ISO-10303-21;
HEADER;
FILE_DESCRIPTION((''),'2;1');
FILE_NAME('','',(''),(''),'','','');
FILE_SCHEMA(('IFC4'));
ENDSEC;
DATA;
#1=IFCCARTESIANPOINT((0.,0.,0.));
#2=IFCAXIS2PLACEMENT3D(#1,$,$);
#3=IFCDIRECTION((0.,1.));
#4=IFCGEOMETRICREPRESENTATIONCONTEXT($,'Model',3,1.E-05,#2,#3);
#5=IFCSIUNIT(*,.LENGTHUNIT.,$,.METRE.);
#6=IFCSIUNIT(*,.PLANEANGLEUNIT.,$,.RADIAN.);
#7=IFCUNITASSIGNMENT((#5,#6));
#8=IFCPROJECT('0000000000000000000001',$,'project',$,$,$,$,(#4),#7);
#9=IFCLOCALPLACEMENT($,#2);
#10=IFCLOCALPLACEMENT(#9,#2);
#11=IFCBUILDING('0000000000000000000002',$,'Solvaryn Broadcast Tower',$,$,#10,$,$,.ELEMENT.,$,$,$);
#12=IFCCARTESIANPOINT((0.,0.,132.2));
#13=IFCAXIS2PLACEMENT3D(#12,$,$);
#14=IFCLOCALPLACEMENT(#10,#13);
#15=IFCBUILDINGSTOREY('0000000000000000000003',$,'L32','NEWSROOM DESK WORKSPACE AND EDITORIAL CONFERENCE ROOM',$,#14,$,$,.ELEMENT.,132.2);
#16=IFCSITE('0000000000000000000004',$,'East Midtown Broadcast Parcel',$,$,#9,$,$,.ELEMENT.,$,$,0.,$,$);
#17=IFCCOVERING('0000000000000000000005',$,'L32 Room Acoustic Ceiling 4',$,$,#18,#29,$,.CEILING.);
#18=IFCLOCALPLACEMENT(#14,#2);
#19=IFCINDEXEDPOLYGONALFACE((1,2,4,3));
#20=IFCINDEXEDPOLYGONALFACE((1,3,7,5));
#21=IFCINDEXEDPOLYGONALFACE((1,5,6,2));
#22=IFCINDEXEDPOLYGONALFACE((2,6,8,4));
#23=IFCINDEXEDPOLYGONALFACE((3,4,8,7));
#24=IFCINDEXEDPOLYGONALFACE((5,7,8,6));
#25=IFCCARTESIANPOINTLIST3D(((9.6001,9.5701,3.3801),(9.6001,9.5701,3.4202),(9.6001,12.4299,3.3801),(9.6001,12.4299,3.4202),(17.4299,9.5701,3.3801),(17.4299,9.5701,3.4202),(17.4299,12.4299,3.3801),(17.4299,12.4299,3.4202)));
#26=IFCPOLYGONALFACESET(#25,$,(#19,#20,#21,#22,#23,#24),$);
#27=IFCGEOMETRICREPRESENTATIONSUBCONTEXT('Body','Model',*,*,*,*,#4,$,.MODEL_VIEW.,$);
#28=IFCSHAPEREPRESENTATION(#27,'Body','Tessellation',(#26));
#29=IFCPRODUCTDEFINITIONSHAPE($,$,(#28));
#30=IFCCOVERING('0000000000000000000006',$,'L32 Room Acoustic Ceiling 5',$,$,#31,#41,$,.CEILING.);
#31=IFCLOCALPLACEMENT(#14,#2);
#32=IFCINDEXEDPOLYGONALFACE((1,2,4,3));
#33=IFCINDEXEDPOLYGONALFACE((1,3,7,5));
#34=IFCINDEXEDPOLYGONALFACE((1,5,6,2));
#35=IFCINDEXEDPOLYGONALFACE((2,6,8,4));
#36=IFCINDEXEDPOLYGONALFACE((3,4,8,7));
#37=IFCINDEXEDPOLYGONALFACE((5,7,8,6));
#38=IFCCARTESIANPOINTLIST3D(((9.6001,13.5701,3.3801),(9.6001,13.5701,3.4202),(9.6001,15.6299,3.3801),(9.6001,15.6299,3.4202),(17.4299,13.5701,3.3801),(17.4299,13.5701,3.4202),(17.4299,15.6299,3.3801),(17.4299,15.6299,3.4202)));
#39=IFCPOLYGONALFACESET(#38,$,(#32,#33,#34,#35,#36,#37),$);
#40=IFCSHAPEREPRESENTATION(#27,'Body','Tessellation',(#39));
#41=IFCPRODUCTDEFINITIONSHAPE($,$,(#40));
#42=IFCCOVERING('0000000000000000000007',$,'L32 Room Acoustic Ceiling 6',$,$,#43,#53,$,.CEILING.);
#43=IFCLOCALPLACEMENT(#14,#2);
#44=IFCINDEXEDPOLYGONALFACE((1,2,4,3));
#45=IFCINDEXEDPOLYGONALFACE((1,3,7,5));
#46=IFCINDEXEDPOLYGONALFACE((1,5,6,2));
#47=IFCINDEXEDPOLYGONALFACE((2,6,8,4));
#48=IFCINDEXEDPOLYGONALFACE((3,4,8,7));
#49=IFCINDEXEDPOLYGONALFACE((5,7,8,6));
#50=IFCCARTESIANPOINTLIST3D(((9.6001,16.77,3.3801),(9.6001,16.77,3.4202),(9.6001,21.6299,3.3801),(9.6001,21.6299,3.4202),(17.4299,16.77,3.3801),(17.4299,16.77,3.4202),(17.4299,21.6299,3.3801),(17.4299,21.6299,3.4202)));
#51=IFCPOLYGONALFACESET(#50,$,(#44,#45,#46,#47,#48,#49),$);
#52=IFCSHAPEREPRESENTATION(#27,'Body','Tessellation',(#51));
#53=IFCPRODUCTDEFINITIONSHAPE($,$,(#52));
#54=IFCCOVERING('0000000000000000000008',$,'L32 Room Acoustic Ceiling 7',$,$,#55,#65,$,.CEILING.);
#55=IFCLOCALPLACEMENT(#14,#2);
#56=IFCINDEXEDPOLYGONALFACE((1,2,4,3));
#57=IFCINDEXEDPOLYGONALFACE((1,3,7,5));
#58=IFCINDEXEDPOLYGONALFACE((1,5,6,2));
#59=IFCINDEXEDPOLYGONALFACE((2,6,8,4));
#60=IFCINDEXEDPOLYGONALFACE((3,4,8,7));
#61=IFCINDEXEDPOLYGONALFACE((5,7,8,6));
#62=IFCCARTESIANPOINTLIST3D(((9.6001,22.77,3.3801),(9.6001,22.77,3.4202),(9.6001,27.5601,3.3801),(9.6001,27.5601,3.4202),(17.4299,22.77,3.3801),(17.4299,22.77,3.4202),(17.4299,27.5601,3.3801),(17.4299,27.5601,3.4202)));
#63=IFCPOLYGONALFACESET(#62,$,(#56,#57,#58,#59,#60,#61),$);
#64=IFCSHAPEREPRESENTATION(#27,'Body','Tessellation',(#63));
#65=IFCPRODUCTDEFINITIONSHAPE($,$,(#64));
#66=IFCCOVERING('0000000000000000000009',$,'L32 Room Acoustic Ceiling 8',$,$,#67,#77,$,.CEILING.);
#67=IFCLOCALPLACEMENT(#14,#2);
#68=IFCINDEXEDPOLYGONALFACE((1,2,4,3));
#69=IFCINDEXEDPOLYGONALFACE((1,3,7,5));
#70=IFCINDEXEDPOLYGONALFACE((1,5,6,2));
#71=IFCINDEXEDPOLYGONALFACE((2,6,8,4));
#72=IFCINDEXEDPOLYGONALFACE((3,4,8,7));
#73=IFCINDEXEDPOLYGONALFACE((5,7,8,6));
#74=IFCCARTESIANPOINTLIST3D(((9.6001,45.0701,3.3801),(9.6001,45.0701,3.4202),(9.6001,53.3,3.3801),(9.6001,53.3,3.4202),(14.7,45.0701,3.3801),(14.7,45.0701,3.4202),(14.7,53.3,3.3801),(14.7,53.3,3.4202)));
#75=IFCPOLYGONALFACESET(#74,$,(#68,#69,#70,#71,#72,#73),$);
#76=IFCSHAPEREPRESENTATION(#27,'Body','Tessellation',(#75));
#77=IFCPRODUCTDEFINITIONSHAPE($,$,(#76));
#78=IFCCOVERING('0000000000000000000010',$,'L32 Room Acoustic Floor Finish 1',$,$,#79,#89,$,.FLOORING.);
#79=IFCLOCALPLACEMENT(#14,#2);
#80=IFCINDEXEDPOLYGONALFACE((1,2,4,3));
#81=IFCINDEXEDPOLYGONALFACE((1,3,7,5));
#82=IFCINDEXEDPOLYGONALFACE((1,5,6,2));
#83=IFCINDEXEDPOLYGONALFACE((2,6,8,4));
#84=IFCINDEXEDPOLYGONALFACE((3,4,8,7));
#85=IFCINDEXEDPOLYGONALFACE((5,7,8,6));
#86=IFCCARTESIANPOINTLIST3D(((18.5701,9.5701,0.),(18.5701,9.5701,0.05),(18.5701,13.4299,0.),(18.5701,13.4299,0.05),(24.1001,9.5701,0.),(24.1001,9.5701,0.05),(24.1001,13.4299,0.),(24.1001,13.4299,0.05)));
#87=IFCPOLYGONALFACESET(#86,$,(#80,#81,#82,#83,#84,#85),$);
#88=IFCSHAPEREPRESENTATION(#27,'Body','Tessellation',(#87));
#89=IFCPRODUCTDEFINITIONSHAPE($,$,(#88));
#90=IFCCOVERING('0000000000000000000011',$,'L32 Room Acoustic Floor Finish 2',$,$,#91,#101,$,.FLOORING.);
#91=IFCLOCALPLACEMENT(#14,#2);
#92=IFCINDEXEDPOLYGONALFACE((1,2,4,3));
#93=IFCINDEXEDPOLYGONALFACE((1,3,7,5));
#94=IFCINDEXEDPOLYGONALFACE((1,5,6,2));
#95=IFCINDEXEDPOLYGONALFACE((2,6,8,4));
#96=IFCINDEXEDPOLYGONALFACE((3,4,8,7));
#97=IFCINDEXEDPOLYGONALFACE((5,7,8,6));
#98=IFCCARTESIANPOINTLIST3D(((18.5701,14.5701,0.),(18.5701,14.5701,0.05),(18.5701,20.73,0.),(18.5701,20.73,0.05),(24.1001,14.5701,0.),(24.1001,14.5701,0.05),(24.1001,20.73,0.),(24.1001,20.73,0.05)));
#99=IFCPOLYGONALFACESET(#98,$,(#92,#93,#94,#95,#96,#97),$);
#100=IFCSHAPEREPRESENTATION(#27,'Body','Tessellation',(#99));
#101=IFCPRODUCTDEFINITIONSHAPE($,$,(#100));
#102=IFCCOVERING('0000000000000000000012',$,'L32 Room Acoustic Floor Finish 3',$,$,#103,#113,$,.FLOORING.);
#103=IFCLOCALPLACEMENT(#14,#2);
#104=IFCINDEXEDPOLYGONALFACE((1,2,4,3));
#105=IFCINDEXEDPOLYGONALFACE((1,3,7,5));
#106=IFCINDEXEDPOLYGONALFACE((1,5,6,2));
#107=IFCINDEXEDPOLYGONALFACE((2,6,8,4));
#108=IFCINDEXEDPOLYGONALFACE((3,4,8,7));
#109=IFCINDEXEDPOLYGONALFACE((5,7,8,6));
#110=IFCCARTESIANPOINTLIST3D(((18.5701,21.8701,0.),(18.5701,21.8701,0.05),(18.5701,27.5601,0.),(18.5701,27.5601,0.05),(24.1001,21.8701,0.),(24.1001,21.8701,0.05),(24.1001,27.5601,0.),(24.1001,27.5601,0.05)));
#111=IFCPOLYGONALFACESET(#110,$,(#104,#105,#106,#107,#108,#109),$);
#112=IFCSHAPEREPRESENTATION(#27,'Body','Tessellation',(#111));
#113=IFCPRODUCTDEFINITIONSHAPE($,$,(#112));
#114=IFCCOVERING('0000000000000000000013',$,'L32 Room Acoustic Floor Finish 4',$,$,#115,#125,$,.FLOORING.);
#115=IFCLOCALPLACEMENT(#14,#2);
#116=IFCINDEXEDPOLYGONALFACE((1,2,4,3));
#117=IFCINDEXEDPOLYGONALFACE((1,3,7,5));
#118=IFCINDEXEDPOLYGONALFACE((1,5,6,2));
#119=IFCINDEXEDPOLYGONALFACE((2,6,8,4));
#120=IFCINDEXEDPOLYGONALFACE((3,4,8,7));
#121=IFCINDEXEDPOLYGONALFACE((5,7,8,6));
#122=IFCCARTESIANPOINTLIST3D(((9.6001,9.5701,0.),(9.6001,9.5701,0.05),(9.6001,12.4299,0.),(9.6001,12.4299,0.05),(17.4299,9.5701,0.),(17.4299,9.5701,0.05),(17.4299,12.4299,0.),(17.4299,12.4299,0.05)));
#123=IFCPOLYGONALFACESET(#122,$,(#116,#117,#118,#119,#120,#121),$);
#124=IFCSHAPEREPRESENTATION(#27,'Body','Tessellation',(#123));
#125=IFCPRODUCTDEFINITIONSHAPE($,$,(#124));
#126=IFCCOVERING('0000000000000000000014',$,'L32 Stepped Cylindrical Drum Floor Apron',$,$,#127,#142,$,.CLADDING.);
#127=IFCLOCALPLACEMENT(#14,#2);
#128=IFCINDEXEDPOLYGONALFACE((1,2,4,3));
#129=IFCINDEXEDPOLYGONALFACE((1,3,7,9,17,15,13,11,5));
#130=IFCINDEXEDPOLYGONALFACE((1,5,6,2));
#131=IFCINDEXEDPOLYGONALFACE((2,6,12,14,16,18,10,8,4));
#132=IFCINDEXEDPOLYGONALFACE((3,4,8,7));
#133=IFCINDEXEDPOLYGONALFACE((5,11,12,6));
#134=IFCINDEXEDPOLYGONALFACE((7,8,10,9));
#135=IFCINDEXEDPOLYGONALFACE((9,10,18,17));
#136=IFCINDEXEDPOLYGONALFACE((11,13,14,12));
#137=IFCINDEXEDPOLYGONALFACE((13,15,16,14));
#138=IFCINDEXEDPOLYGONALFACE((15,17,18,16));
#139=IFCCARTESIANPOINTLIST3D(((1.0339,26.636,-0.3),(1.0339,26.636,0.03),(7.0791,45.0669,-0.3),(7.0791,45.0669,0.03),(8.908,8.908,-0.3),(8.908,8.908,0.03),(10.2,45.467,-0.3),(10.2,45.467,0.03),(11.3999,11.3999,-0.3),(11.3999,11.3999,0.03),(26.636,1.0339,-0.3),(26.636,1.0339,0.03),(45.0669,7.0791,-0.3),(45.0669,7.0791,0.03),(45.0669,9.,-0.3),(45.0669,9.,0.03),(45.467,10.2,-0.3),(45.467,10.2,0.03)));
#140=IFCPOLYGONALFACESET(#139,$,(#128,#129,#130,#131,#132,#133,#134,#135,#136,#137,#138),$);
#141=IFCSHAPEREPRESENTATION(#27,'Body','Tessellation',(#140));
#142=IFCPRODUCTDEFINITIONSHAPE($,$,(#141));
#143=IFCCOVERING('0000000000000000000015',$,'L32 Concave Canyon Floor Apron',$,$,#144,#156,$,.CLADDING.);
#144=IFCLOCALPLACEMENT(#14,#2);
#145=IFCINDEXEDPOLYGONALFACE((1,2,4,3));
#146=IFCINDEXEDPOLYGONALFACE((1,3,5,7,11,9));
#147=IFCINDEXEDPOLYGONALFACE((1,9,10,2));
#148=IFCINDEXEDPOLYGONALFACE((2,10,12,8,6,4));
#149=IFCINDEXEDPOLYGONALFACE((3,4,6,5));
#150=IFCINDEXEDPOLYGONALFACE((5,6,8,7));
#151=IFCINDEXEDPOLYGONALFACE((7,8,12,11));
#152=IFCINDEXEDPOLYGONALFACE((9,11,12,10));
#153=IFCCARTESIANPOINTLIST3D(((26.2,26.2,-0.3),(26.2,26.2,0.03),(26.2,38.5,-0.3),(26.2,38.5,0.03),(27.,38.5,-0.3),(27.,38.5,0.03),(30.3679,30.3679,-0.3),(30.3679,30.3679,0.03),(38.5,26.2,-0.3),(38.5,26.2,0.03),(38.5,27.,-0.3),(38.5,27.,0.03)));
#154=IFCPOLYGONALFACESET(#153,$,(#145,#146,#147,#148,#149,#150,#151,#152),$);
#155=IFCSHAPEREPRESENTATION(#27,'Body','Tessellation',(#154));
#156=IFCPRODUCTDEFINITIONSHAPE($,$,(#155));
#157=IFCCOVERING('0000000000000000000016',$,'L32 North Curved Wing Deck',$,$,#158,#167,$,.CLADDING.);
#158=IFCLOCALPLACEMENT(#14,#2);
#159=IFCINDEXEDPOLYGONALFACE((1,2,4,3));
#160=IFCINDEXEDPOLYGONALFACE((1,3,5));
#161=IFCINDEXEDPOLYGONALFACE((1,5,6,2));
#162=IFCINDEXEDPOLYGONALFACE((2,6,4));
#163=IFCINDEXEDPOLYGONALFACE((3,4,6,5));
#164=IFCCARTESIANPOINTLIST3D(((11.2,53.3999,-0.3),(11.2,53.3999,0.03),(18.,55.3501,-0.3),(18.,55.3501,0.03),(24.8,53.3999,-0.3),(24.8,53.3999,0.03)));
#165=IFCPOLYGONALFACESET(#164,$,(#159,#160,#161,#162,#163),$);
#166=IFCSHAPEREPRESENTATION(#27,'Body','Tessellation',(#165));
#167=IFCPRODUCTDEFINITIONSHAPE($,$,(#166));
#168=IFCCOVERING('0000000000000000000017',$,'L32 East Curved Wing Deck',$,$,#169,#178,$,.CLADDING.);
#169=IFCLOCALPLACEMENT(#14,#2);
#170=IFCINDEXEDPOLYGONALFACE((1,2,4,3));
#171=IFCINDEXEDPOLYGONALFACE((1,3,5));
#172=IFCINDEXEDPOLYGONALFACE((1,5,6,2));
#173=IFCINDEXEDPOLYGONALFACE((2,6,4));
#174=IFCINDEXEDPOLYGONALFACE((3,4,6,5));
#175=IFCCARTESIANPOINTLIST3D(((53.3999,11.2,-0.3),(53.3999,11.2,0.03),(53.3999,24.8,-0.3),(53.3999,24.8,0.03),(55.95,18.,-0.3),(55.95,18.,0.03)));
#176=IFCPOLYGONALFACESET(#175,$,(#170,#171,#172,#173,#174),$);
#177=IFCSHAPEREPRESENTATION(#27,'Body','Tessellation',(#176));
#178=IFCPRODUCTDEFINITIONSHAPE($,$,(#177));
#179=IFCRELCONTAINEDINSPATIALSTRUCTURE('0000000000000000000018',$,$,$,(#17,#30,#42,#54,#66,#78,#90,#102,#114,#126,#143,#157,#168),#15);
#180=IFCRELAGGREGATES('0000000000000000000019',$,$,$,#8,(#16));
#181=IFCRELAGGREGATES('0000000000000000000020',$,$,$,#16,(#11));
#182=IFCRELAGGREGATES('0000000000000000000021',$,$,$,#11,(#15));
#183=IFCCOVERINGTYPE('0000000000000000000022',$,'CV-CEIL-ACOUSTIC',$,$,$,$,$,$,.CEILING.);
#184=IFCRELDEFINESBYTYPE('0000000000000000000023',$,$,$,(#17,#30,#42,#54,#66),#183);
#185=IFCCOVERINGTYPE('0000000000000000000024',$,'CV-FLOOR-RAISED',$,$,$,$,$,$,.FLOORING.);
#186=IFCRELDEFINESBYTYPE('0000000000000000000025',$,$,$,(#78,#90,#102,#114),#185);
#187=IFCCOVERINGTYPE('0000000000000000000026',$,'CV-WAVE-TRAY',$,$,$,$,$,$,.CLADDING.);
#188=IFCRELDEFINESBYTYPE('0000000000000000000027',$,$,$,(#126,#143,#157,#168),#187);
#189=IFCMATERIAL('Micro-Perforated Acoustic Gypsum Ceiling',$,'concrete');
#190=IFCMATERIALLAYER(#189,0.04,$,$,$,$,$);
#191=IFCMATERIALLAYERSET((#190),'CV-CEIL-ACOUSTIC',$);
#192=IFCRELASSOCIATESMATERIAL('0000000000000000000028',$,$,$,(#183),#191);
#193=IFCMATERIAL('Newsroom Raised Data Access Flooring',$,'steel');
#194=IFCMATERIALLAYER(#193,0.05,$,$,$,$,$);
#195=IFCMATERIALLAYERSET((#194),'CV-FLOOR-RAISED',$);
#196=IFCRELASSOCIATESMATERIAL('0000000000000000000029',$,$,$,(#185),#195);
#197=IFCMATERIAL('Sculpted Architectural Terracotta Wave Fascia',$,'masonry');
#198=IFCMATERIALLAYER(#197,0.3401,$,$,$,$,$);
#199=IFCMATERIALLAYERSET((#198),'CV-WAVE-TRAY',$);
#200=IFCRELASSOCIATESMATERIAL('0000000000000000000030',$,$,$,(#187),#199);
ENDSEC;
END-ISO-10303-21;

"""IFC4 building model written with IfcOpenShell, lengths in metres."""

from ifc_helpers import new_model, si_unit, direction, frame, origin, place, context, subcontext, project, spatial, polyline, outline, extrude, material, layer, layer_set, type_object, element, save


model = new_model("IFC4")

# Units and contexts
model_context = context("Model", 3, precision=1e-05, world=origin(), true_north=direction((0.0, 1.0)))
body_context = subcontext(model_context, "Body", "Model", "MODEL_VIEW")
ifc_project = project(units=[si_unit("LENGTHUNIT", "METRE"), si_unit("PLANEANGLEUNIT", "RADIAN")], contexts=[model_context])

# Site, building, storey
site_placement = place(None, origin())
site = spatial("IfcSite", under=ifc_project, at=site_placement, Name="East Midtown Broadcast Parcel", CompositionType="ELEMENT", RefElevation=0.0)
building_placement = place(site_placement, origin())
building = spatial("IfcBuilding", under=site, at=building_placement, Name="Solvaryn Broadcast Tower", CompositionType="ELEMENT")
storey_placement = place(building_placement, frame((0.0, 0.0, 132.2)))
storey = spatial("IfcBuildingStorey", under=building, at=storey_placement, Name="L32", Description="NEWSROOM DESK WORKSPACE AND EDITORIAL CONFERENCE ROOM", CompositionType="ELEMENT", Elevation=132.2)

# Coverings
ifc_material_1 = material(Name="Micro-Perforated Acoustic Gypsum Ceiling", Category="concrete")
ifc_layer_1 = layer(ifc_material_1, 0.04)
ifc_layer_set_1 = layer_set([ifc_layer_1], Name="CV-CEIL-ACOUSTIC")
covering_type_1 = type_object("IfcCoveringType", Name="CV-CEIL-ACOUSTIC", PredefinedType="CEILING", material=ifc_layer_set_1)
covering_1_placement = place(storey_placement, frame((0.0, 0.0, 3.3801)))
element("IfcCovering", 1, at=covering_1_placement, inside=storey, type_object=covering_type_1, Name="L32 Room Acoustic Ceiling 4", PredefinedType="CEILING", context=body_context, shape_type="SweptSolid", body=[
    extrude(outline(polyline([(9.6001, 9.5701), (17.4299, 9.5701), (17.4299, 12.4299), (9.6001, 12.4299), (9.6001, 9.5701)])), origin(), (0.0, 0.0, 1.0), 0.04),
])
covering_2_placement = place(storey_placement, frame((0.0, 0.0, 3.3801)))
element("IfcCovering", 2, at=covering_2_placement, inside=storey, type_object=covering_type_1, Name="L32 Room Acoustic Ceiling 5", PredefinedType="CEILING", context=body_context, shape_type="SweptSolid", body=[
    extrude(outline(polyline([(9.6001, 13.5701), (17.4299, 13.5701), (17.4299, 15.6299), (9.6001, 15.6299), (9.6001, 13.5701)])), origin(), (0.0, 0.0, 1.0), 0.04),
])
covering_3_placement = place(storey_placement, frame((0.0, 0.0, 3.3801)))
element("IfcCovering", 3, at=covering_3_placement, inside=storey, type_object=covering_type_1, Name="L32 Room Acoustic Ceiling 6", PredefinedType="CEILING", context=body_context, shape_type="SweptSolid", body=[
    extrude(outline(polyline([(9.6001, 16.77), (17.4299, 16.77), (17.4299, 21.6299), (9.6001, 21.6299), (9.6001, 16.77)])), origin(), (0.0, 0.0, 1.0), 0.04),
])
covering_4_placement = place(storey_placement, frame((0.0, 0.0, 3.3801)))
element("IfcCovering", 4, at=covering_4_placement, inside=storey, type_object=covering_type_1, Name="L32 Room Acoustic Ceiling 7", PredefinedType="CEILING", context=body_context, shape_type="SweptSolid", body=[
    extrude(outline(polyline([(9.6001, 22.77), (17.4299, 22.77), (17.4299, 27.5601), (9.6001, 27.5601), (9.6001, 22.77)])), origin(), (0.0, 0.0, 1.0), 0.04),
])
covering_5_placement = place(storey_placement, frame((0.0, 0.0, 3.3801)))
element("IfcCovering", 5, at=covering_5_placement, inside=storey, type_object=covering_type_1, Name="L32 Room Acoustic Ceiling 8", PredefinedType="CEILING", context=body_context, shape_type="SweptSolid", body=[
    extrude(outline(polyline([(9.6001, 45.0701), (14.7, 45.0701), (14.7, 53.3), (9.6001, 53.3), (9.6001, 45.0701)])), origin(), (0.0, 0.0, 1.0), 0.04),
])
ifc_material_2 = material(Name="Newsroom Raised Data Access Flooring", Category="steel")
ifc_layer_2 = layer(ifc_material_2, 0.05)
ifc_layer_set_2 = layer_set([ifc_layer_2], Name="CV-FLOOR-RAISED")
covering_type_2 = type_object("IfcCoveringType", Name="CV-FLOOR-RAISED", PredefinedType="FLOORING", material=ifc_layer_set_2)
covering_6_placement = place(storey_placement, origin())
element("IfcCovering", 6, at=covering_6_placement, inside=storey, type_object=covering_type_2, Name="L32 Room Acoustic Floor Finish 1", PredefinedType="FLOORING", context=body_context, shape_type="SweptSolid", body=[
    extrude(outline(polyline([(18.5701, 9.5701), (24.1001, 9.5701), (24.1001, 13.4299), (18.5701, 13.4299), (18.5701, 9.5701)])), origin(), (0.0, 0.0, 1.0), 0.05),
])
covering_7_placement = place(storey_placement, origin())
element("IfcCovering", 7, at=covering_7_placement, inside=storey, type_object=covering_type_2, Name="L32 Room Acoustic Floor Finish 2", PredefinedType="FLOORING", context=body_context, shape_type="SweptSolid", body=[
    extrude(outline(polyline([(18.5701, 14.5701), (24.1001, 14.5701), (24.1001, 20.73), (18.5701, 20.73), (18.5701, 14.5701)])), origin(), (0.0, 0.0, 1.0), 0.05),
])
covering_8_placement = place(storey_placement, origin())
element("IfcCovering", 8, at=covering_8_placement, inside=storey, type_object=covering_type_2, Name="L32 Room Acoustic Floor Finish 3", PredefinedType="FLOORING", context=body_context, shape_type="SweptSolid", body=[
    extrude(outline(polyline([(18.5701, 21.8701), (24.1001, 21.8701), (24.1001, 27.5601), (18.5701, 27.5601), (18.5701, 21.8701)])), origin(), (0.0, 0.0, 1.0), 0.05),
])
covering_9_placement = place(storey_placement, origin())
element("IfcCovering", 9, at=covering_9_placement, inside=storey, type_object=covering_type_2, Name="L32 Room Acoustic Floor Finish 4", PredefinedType="FLOORING", context=body_context, shape_type="SweptSolid", body=[
    extrude(outline(polyline([(9.6001, 9.5701), (17.4299, 9.5701), (17.4299, 12.4299), (9.6001, 12.4299), (9.6001, 9.5701)])), origin(), (0.0, 0.0, 1.0), 0.05),
])
ifc_material_3 = material(Name="Sculpted Architectural Terracotta Wave Fascia", Category="masonry")
ifc_layer_3 = layer(ifc_material_3, 0.3401)
ifc_layer_set_3 = layer_set([ifc_layer_3], Name="CV-WAVE-TRAY")
covering_type_3 = type_object("IfcCoveringType", Name="CV-WAVE-TRAY", PredefinedType="CLADDING", material=ifc_layer_set_3)
covering_10_placement = place(storey_placement, frame((0.0, 0.0, -0.3)))
element("IfcCovering", 10, at=covering_10_placement, inside=storey, type_object=covering_type_3, Name="L32 Stepped Cylindrical Drum Floor Apron", PredefinedType="CLADDING", context=body_context, shape_type="SweptSolid", body=[
    extrude(outline(polyline([(10.2, 45.467), (7.0791, 45.0669), (1.0339, 26.636), (8.908, 8.908), (26.636, 1.0339), (45.0669, 7.0791), (45.0669, 9.0), (45.467, 10.2), (11.3999, 11.3999), (10.2, 45.467)])), origin(), (0.0, 0.0, 1.0), 0.3301),
])
covering_11_placement = place(storey_placement, frame((0.0, 0.0, -0.3)))
element("IfcCovering", 11, at=covering_11_placement, inside=storey, type_object=covering_type_3, Name="L32 Concave Canyon Floor Apron", PredefinedType="CLADDING", context=body_context, shape_type="SweptSolid", body=[
    extrude(outline(polyline([(26.2, 26.2), (38.5, 26.2), (38.5, 27.0), (30.3679, 30.3679), (27.0, 38.5), (26.2, 38.5), (26.2, 26.2)])), origin(), (0.0, 0.0, 1.0), 0.3301),
])
covering_12_placement = place(storey_placement, frame((0.0, 0.0, -0.3)))
element("IfcCovering", 12, at=covering_12_placement, inside=storey, type_object=covering_type_3, Name="L32 North Curved Wing Deck", PredefinedType="CLADDING", context=body_context, shape_type="SweptSolid", body=[
    extrude(outline(polyline([(11.2, 53.3999), (24.8, 53.3999), (18.0, 55.3501), (11.2, 53.3999)])), origin(), (0.0, 0.0, 1.0), 0.3301),
])
covering_13_placement = place(storey_placement, frame((0.0, 0.0, -0.3)))
element("IfcCovering", 13, at=covering_13_placement, inside=storey, type_object=covering_type_3, Name="L32 East Curved Wing Deck", PredefinedType="CLADDING", context=body_context, shape_type="SweptSolid", body=[
    extrude(outline(polyline([(53.3999, 11.2), (55.95, 18.0), (53.3999, 24.8), (53.3999, 11.2)])), origin(), (0.0, 0.0, 1.0), 0.3301),
])

save(model, "model.ifc")
